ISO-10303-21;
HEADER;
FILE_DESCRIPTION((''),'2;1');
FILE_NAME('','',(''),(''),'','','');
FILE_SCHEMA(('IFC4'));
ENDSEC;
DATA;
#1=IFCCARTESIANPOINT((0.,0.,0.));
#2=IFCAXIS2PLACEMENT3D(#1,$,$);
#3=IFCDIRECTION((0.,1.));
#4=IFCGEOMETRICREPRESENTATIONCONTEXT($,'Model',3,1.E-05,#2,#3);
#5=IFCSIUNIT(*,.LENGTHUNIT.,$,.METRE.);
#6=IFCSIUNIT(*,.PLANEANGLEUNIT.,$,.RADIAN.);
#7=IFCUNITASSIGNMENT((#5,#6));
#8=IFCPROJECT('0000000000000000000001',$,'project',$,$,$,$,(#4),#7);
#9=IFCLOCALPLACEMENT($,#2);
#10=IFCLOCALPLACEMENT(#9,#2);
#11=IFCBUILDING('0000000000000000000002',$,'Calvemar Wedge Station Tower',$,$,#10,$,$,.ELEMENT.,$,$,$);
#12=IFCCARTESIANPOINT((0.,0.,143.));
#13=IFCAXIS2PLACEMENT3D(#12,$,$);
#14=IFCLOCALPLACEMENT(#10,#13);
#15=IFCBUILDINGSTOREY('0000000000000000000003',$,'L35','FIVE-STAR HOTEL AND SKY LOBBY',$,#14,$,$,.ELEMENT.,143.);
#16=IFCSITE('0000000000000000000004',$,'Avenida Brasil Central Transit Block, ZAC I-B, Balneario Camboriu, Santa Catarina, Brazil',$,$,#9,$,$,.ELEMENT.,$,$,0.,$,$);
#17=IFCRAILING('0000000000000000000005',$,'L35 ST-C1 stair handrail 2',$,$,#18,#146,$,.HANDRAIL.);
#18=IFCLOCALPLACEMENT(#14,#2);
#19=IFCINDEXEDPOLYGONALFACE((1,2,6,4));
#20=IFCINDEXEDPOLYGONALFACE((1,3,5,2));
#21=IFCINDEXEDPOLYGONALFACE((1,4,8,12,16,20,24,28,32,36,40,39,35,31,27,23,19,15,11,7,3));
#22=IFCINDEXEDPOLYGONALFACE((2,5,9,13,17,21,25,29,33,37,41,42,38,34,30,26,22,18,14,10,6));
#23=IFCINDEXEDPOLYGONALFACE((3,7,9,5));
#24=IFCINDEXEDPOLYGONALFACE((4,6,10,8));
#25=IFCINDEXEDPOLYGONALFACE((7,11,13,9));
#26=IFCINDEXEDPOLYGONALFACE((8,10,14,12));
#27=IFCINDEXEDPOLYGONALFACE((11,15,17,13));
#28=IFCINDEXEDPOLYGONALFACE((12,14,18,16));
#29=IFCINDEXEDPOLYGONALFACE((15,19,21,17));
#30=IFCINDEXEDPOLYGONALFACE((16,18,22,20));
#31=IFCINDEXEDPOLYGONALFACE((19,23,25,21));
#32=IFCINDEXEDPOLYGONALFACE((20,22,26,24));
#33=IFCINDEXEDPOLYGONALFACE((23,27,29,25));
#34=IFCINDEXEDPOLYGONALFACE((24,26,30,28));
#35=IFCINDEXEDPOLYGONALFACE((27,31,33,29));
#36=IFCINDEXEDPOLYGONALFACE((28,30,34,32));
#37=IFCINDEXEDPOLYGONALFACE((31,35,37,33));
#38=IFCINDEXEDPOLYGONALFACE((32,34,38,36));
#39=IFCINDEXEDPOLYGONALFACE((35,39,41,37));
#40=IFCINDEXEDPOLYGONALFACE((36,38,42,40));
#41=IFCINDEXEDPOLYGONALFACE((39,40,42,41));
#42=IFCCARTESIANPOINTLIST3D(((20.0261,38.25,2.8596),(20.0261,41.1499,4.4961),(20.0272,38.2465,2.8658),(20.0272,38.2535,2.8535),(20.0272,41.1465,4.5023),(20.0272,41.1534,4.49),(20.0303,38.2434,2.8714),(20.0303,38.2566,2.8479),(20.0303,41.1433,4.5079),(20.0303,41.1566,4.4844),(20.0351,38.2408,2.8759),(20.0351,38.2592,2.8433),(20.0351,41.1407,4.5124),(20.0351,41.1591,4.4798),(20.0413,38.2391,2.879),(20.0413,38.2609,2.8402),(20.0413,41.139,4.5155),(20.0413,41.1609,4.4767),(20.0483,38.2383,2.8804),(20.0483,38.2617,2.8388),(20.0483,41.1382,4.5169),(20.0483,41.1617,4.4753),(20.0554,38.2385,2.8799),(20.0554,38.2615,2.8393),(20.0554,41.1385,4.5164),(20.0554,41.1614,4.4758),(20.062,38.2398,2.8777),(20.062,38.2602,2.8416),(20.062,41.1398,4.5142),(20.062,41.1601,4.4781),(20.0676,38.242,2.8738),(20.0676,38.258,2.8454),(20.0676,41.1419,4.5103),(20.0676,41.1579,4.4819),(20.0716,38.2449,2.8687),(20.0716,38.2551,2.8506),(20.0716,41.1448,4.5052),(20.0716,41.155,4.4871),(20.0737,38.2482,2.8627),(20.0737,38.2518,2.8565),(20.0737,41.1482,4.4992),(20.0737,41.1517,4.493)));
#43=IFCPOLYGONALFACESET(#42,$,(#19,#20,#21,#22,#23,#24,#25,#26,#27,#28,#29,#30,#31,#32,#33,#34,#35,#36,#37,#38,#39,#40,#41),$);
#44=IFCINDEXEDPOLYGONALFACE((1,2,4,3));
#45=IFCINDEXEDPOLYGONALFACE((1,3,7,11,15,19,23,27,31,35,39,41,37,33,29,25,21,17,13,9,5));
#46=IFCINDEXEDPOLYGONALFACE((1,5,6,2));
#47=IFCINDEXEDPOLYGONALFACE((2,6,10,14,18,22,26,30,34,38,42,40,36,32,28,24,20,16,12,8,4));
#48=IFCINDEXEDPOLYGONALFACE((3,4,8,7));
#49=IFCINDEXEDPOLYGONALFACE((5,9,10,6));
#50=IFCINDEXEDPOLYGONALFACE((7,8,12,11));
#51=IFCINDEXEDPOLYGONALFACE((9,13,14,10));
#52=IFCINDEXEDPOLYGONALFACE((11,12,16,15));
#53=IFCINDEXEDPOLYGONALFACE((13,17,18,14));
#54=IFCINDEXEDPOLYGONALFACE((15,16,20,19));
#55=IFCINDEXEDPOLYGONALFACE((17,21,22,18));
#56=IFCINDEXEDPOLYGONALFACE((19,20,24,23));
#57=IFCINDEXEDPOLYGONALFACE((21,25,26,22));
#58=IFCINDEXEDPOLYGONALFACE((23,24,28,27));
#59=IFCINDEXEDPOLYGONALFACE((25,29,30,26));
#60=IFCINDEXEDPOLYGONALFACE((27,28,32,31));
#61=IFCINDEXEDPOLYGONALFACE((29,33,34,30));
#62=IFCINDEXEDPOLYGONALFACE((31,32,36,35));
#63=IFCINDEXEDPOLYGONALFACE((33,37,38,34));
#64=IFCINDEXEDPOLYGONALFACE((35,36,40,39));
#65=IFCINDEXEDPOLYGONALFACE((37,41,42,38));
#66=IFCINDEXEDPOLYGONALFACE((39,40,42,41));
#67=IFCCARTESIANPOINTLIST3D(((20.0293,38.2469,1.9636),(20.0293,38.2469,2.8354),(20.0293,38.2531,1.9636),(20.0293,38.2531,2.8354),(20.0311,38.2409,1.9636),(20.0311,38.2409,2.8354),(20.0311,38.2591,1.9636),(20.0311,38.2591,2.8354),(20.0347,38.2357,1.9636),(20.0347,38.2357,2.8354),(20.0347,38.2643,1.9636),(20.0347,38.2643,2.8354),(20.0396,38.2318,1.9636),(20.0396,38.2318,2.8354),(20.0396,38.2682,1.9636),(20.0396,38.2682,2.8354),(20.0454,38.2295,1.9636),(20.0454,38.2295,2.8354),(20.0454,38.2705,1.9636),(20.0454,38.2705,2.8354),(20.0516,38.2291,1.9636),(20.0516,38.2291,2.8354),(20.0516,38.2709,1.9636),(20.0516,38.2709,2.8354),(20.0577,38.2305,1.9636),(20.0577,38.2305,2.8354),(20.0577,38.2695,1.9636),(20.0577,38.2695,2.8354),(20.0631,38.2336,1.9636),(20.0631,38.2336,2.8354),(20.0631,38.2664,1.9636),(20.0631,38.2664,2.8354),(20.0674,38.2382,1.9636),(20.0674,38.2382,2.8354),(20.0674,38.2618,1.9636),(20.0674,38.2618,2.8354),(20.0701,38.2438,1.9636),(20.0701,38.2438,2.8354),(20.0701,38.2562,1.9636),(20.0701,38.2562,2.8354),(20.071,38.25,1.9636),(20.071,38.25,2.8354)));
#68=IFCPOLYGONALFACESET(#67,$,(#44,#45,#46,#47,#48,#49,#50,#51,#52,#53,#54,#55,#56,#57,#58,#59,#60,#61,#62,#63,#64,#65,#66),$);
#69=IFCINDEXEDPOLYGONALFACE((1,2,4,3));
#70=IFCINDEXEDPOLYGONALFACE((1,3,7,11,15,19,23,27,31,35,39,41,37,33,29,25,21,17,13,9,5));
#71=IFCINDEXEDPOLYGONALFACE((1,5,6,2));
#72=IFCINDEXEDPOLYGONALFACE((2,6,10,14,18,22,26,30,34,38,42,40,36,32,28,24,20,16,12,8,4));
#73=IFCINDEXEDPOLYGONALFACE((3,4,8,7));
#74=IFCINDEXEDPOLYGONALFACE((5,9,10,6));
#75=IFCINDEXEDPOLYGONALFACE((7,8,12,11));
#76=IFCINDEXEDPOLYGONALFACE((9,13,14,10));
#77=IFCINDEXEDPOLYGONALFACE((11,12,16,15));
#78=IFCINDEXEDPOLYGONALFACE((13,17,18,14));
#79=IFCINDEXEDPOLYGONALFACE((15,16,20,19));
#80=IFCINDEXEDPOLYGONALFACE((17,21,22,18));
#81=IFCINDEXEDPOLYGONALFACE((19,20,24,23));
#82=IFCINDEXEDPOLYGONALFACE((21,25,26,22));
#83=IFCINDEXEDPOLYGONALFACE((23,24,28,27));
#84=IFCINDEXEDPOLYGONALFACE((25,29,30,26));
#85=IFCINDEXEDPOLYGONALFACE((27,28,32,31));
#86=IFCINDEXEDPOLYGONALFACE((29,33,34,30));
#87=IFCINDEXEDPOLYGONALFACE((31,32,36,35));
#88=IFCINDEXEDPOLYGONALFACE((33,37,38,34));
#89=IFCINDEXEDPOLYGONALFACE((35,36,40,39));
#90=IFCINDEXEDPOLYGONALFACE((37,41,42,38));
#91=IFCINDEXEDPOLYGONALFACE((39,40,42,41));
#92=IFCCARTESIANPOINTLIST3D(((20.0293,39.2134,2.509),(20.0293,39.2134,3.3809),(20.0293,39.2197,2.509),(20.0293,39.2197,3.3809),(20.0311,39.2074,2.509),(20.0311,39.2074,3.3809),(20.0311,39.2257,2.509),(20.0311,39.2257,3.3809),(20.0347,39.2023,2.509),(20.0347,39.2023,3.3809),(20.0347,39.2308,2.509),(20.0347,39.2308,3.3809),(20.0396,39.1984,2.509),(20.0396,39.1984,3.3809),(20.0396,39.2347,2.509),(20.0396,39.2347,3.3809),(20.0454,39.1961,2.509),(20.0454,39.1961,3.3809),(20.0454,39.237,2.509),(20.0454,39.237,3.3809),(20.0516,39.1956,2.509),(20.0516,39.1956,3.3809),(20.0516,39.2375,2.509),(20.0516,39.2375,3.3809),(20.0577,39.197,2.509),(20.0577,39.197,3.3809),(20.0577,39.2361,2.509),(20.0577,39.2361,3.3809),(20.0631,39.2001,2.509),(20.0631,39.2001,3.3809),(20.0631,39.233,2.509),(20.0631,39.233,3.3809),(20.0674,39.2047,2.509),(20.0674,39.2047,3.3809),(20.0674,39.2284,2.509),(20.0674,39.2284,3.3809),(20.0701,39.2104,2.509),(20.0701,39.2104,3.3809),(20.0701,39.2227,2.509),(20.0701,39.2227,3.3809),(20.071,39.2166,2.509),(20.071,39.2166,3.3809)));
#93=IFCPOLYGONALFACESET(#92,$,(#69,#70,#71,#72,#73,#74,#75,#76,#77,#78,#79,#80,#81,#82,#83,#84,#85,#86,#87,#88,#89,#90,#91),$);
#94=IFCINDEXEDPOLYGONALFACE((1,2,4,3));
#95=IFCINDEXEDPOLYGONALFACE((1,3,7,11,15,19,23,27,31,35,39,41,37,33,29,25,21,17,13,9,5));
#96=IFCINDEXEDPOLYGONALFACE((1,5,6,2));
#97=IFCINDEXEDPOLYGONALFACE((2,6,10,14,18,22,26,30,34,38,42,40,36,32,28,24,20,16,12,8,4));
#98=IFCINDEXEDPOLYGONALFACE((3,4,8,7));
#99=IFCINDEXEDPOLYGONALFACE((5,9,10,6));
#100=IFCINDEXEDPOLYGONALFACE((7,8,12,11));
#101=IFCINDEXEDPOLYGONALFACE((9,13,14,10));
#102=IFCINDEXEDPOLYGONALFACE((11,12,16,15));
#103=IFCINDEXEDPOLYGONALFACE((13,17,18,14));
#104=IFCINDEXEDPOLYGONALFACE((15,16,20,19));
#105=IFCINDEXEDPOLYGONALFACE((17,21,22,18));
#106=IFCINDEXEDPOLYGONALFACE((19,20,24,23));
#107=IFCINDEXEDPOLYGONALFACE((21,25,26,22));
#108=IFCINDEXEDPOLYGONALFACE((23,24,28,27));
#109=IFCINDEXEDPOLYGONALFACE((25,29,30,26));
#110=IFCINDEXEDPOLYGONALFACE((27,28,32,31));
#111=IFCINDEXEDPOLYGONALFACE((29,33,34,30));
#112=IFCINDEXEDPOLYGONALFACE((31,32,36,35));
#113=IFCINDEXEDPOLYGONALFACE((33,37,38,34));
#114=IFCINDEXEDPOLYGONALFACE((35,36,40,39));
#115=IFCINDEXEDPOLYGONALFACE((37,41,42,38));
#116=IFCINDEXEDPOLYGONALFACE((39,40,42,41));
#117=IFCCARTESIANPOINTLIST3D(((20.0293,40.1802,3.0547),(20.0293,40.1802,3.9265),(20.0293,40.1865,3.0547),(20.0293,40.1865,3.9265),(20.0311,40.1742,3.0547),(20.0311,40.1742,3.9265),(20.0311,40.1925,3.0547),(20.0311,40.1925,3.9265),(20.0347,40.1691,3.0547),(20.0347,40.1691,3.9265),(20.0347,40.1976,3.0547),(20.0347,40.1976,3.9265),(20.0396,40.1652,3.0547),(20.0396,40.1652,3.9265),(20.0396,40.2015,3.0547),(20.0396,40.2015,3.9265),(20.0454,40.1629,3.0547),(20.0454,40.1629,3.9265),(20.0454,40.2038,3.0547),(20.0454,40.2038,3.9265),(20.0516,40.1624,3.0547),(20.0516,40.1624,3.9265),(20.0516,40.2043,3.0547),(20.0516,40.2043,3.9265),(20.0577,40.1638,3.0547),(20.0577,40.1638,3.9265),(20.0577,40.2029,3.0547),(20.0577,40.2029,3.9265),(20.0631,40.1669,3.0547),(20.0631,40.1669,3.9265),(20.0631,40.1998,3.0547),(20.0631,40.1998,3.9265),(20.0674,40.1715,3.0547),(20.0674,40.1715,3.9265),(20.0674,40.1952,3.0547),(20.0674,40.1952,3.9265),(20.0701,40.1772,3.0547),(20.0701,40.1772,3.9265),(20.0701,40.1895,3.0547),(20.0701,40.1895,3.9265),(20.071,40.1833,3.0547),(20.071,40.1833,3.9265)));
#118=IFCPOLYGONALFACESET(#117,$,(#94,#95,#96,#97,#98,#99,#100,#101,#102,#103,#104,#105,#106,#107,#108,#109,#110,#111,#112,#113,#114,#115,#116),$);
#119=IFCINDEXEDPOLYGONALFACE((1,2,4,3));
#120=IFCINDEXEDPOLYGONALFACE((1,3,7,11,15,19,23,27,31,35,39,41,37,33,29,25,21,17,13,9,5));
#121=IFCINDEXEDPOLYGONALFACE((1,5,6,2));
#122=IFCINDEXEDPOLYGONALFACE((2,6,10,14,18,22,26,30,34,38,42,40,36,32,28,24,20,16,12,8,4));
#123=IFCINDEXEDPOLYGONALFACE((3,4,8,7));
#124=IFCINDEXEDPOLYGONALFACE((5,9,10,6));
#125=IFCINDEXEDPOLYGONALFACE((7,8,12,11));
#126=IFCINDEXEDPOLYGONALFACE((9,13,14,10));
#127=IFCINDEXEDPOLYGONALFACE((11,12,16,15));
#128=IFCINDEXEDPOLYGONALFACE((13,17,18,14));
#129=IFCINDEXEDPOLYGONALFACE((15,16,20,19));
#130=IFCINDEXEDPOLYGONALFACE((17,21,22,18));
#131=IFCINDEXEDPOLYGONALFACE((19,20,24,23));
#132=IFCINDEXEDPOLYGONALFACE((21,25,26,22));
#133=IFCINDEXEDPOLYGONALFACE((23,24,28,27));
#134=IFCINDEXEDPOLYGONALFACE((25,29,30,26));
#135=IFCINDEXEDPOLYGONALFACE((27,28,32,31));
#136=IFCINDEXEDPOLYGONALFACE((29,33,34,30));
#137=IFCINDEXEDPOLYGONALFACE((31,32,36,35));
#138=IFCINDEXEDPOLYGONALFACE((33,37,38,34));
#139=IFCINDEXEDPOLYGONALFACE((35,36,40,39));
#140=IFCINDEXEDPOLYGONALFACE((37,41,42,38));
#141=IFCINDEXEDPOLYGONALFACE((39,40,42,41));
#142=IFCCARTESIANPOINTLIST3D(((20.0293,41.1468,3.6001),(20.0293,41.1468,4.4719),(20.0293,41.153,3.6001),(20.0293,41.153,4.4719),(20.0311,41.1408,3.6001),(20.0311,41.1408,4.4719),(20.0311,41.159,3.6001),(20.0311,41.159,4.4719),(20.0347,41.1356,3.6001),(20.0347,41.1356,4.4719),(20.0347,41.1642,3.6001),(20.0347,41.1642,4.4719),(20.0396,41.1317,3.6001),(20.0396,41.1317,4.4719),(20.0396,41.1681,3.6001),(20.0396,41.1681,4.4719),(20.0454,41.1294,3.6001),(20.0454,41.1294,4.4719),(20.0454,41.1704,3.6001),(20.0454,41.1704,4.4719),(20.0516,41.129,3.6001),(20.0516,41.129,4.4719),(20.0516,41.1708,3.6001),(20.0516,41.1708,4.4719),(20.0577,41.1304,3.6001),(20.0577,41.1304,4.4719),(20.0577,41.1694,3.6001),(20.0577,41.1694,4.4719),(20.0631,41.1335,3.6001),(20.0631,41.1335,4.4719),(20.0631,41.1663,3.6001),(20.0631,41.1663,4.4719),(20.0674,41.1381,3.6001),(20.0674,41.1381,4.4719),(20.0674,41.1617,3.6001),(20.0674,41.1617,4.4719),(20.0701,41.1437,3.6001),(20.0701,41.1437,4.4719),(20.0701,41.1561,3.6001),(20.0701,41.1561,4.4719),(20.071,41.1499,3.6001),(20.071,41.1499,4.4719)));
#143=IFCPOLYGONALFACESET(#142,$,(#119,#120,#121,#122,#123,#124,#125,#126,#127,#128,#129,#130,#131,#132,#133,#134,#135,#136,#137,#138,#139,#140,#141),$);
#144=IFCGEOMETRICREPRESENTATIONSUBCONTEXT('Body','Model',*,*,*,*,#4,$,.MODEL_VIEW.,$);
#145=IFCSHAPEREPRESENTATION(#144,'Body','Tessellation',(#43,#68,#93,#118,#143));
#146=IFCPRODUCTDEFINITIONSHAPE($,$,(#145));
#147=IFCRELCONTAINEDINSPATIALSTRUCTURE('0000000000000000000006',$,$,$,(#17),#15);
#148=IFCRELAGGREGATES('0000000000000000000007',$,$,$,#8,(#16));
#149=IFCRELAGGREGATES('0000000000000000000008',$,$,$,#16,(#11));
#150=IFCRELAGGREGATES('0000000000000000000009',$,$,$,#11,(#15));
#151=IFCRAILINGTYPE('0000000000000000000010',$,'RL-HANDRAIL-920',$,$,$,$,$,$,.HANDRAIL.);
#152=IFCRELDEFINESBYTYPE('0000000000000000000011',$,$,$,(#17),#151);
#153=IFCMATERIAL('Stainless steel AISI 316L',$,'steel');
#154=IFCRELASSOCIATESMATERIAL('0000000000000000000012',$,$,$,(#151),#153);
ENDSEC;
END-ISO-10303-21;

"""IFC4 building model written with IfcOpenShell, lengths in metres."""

from ifc_helpers import new_model, si_unit, direction, frame, origin, origin_2d, place, context, subcontext, project, spatial, circle, extrude, material, type_object, element, save


model = new_model("IFC4")

# Units and contexts
model_context = context("Model", 3, precision=1e-05, world=origin(), true_north=direction((0.0, 1.0)))
body_context = subcontext(model_context, "Body", "Model", "MODEL_VIEW")
ifc_project = project(units=[si_unit("LENGTHUNIT", "METRE"), si_unit("PLANEANGLEUNIT", "RADIAN")], contexts=[model_context])

# Site, building, storey
site_placement = place(None, origin())
site = spatial("IfcSite", under=ifc_project, at=site_placement, Name="Avenida Brasil Central Transit Block, ZAC I-B, Balneario Camboriu, Santa Catarina, Brazil", CompositionType="ELEMENT", RefElevation=0.0)
building_placement = place(site_placement, origin())
building = spatial("IfcBuilding", under=site, at=building_placement, Name="Calvemar Wedge Station Tower", CompositionType="ELEMENT")
storey_placement = place(building_placement, frame((0.0, 0.0, 143.0)))
storey = spatial("IfcBuildingStorey", under=building, at=storey_placement, Name="L35", Description="FIVE-STAR HOTEL AND SKY LOBBY", CompositionType="ELEMENT", Elevation=143.0)

# Railing
ifc_material_1 = material(Name="Stainless steel AISI 316L", Category="steel")
railing_type_1 = type_object("IfcRailingType", Name="RL-HANDRAIL-920", PredefinedType="HANDRAIL", material=ifc_material_1)
railing_1_placement = place(storey_placement, frame((20.05, 38.25, 1.9636)))
element("IfcRailing", 1, at=railing_1_placement, inside=storey, type_object=railing_type_1, Name="L35 ST-C1 stair handrail 2", PredefinedType="HANDRAIL", context=body_context, shape_type="SweptSolid", body=[
    extrude(circle(Radius=0.0239, at=origin_2d()), frame((0.0, 0.0, 0.896), z_axis=(0.0, 0.870897, 0.491465), x_axis=(-1.0, 0.0, 0.0)), (0.0, 0.0, 1.0), 3.3298),
    extrude(circle(Radius=0.021, at=origin_2d()), origin(), (0.0, 0.0, 1.0), 0.8718),
    extrude(circle(Radius=0.021, at=origin_2d()), frame((0.0, 0.9666, 0.5454)), (0.0, 0.0, 1.0), 0.8718),
    extrude(circle(Radius=0.021, at=origin_2d()), frame((0.0, 1.9333, 1.0911)), (0.0, 0.0, 1.0), 0.8718),
    extrude(circle(Radius=0.021, at=origin_2d()), frame((0.0, 2.8999, 1.6365)), (0.0, 0.0, 1.0), 0.8718),
])

save(model, "model.ifc")
